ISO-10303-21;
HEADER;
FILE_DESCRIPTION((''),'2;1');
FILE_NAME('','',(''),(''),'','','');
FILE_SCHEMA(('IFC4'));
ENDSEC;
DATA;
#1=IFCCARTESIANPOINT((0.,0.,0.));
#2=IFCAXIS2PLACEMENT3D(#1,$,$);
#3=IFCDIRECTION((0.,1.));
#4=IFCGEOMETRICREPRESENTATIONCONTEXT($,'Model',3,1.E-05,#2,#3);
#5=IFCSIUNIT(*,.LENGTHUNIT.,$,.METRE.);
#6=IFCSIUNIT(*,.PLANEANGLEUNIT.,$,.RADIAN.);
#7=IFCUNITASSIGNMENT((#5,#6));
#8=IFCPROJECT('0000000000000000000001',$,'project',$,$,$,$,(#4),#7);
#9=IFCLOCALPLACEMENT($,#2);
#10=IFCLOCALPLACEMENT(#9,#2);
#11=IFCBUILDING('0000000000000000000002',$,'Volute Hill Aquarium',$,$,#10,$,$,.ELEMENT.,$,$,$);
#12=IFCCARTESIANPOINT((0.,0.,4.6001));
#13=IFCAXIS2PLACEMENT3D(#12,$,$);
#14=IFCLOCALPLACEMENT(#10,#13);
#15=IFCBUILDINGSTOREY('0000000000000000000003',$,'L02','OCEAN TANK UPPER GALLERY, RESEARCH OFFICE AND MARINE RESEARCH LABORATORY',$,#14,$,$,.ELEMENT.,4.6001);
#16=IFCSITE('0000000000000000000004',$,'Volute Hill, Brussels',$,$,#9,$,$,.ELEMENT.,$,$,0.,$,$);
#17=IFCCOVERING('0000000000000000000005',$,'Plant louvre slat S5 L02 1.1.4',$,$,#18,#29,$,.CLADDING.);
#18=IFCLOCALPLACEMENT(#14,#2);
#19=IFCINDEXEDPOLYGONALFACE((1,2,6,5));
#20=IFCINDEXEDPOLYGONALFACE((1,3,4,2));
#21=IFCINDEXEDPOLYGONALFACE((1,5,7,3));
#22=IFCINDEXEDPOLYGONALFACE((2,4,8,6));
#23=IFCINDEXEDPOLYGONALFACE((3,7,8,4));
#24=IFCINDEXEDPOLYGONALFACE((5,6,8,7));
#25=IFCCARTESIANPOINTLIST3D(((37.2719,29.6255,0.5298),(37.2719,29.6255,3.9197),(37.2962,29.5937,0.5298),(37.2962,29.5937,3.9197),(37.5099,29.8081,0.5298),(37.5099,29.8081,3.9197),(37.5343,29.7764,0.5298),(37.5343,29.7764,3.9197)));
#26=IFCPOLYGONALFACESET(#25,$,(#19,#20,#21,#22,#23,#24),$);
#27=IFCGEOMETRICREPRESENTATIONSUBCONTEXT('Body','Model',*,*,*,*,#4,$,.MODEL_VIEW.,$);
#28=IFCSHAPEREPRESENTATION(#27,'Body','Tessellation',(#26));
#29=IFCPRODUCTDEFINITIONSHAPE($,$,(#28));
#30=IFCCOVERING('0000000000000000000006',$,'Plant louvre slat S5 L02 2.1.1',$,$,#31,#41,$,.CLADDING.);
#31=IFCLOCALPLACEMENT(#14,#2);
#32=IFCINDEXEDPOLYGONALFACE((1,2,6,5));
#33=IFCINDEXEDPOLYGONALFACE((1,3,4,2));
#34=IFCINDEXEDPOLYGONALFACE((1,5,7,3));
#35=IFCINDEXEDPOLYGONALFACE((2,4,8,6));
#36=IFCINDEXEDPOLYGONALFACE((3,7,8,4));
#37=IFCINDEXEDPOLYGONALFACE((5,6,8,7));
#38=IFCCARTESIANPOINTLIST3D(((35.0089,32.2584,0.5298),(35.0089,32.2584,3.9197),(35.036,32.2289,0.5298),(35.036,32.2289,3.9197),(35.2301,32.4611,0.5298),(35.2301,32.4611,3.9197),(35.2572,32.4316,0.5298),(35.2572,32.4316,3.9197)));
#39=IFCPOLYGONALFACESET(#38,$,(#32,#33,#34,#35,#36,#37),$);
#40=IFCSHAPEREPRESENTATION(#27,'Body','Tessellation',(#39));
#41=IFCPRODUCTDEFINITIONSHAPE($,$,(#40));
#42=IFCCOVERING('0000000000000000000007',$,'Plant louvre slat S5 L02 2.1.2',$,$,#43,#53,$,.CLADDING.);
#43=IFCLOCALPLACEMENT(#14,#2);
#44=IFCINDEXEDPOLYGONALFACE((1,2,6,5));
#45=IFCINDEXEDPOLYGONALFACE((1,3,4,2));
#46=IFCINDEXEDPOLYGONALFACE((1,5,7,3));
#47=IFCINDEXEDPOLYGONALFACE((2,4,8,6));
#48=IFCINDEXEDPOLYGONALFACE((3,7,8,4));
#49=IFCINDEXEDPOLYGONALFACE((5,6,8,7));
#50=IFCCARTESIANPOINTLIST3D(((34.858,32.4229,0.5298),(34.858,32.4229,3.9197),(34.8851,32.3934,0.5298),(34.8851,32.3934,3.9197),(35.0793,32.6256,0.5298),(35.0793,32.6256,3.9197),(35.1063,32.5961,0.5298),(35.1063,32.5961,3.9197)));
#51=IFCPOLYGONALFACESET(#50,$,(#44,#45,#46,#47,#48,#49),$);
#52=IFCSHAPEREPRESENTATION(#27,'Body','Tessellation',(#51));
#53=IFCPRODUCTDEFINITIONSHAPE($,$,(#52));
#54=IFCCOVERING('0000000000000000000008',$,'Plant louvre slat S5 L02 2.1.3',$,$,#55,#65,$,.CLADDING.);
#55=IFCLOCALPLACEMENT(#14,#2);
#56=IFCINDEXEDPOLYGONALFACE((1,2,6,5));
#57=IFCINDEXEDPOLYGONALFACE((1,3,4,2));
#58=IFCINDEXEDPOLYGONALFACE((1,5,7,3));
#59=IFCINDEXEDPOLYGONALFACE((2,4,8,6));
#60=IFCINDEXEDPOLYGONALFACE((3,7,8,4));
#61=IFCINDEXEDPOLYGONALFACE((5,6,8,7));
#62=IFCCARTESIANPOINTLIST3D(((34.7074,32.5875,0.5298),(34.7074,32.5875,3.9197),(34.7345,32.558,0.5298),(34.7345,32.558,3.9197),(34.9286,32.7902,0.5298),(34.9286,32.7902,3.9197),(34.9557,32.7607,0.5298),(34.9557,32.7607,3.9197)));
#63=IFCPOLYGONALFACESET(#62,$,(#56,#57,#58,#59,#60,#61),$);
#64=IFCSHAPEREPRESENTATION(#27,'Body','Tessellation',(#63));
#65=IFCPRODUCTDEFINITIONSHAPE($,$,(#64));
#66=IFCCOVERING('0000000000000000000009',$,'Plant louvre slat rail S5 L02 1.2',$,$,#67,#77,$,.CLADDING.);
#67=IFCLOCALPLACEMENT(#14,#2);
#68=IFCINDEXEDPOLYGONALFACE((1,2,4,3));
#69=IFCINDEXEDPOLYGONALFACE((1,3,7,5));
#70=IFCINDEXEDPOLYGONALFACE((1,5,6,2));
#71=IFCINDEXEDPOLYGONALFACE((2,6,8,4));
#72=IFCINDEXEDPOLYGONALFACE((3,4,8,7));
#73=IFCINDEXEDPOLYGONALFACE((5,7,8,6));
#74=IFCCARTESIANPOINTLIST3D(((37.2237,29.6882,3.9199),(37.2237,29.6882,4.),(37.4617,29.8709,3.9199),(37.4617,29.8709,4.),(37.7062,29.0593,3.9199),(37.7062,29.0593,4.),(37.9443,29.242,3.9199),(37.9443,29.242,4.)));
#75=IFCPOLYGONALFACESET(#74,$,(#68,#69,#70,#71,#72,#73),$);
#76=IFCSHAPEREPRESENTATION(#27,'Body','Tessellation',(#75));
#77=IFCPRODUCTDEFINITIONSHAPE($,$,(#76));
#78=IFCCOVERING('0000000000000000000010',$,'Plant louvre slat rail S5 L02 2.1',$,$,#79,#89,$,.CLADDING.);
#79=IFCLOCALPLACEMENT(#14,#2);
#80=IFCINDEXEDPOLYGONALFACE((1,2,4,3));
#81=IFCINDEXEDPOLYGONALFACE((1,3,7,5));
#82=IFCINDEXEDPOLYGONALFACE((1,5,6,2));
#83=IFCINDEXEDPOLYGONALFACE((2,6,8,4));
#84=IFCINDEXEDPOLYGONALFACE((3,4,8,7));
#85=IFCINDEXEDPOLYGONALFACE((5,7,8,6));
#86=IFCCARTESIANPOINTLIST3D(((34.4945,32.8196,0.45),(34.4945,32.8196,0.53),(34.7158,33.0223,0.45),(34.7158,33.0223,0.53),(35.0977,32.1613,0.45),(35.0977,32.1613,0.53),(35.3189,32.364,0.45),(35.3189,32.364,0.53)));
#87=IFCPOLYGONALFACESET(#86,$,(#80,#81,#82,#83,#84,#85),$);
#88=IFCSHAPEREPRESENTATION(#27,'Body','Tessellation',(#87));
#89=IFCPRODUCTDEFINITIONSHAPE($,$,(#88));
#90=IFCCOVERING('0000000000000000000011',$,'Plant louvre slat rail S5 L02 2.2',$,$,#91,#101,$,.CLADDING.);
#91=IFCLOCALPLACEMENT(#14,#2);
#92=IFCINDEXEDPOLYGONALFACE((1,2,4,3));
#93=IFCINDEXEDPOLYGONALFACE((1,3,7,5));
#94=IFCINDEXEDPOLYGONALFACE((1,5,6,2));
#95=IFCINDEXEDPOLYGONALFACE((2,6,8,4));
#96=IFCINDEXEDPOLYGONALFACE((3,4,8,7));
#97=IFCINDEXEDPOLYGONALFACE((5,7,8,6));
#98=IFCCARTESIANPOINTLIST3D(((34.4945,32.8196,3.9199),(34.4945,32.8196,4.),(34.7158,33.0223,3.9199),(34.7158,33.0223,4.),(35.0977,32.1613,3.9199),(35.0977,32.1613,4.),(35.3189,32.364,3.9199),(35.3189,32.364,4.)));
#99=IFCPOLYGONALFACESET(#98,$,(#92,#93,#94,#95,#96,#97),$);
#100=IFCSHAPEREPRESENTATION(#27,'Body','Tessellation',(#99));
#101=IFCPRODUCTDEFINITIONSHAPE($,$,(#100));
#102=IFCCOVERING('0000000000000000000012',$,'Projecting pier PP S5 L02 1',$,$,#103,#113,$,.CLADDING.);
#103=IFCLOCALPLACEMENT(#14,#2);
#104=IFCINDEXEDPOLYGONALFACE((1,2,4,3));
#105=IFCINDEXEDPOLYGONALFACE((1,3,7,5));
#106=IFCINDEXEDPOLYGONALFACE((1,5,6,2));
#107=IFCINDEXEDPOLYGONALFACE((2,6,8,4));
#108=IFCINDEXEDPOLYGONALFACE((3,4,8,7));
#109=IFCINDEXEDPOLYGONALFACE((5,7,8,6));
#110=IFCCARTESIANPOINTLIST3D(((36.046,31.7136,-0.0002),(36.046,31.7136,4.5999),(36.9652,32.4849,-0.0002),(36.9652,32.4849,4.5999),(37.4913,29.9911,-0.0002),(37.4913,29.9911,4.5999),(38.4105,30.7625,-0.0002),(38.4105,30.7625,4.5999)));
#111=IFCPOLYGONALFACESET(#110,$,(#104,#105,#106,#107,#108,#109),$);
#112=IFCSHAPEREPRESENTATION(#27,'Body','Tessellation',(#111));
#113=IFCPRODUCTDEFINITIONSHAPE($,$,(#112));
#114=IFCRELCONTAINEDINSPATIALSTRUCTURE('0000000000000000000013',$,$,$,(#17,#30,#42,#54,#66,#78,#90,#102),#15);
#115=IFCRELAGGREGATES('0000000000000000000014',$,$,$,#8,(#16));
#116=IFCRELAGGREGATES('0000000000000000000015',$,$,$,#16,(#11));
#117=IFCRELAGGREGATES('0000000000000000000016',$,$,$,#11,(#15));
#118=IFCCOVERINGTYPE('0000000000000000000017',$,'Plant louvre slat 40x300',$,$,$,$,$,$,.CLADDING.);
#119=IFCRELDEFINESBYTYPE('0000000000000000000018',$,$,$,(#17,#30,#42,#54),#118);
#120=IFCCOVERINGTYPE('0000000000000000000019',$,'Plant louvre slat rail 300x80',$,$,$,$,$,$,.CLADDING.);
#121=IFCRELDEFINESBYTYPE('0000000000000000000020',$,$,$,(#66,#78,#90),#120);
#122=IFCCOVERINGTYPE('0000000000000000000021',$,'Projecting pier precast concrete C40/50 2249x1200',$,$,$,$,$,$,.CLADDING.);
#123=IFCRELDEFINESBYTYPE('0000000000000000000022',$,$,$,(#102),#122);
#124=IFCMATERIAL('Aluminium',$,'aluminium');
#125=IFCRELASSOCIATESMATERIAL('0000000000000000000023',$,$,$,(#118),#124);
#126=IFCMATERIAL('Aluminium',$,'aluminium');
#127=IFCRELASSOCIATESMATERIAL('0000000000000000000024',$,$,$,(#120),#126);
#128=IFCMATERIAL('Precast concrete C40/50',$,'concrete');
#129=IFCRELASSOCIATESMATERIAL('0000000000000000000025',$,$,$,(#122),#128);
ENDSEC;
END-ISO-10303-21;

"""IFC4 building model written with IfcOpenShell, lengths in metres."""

from ifc_helpers import new_model, si_unit, direction, frame, origin, origin_2d, place, context, subcontext, project, spatial, rectangle, extrude, material, type_object, element, save


model = new_model("IFC4")

# Units and contexts
model_context = context("Model", 3, precision=1e-05, world=origin(), true_north=direction((0.0, 1.0)))
body_context = subcontext(model_context, "Body", "Model", "MODEL_VIEW")
ifc_project = project(units=[si_unit("LENGTHUNIT", "METRE"), si_unit("PLANEANGLEUNIT", "RADIAN")], contexts=[model_context])

# Site, building, storey
site_placement = place(None, origin())
site = spatial("IfcSite", under=ifc_project, at=site_placement, Name="Volute Hill, Brussels", CompositionType="ELEMENT", RefElevation=0.0)
building_placement = place(site_placement, origin())
building = spatial("IfcBuilding", under=site, at=building_placement, Name="Volute Hill Aquarium", CompositionType="ELEMENT")
storey_placement = place(building_placement, frame((0.0, 0.0, 4.6001)))
storey = spatial("IfcBuildingStorey", under=building, at=storey_placement, Name="L02", Description="OCEAN TANK UPPER GALLERY, RESEARCH OFFICE AND MARINE RESEARCH LABORATORY", CompositionType="ELEMENT", Elevation=4.6001)

# Coverings
ifc_material_1 = material(Name="Aluminium", Category="aluminium")
covering_type_1 = type_object("IfcCoveringType", Name="Plant louvre slat 40x300", PredefinedType="CLADDING", material=ifc_material_1)
for number, where, z_axis, x_axis, name in (
    (1, (37.4031, 29.7009, 0.5298), (0.0, 0.0, 1.0), (-0.608753, 0.79336, 0.0), "Plant louvre slat S5 L02 1.1.4"),
    (2, (35.1331, 32.345, 0.5298), (0.0, 0.0, 1.0), (-0.675585, 0.737282, 0.0), "Plant louvre slat S5 L02 2.1.1"),
    (3, (34.9822, 32.5095, 0.5298), (0.0, 0.0, 1.0), (-0.675585, 0.737282, 0.0), "Plant louvre slat S5 L02 2.1.2"),
    (4, (34.8315, 32.6741, 0.5298), (0.0, 0.0, 1.0), (-0.675585, 0.737282, 0.0), "Plant louvre slat S5 L02 2.1.3"),
):
    element("IfcCovering", number, at=place(storey_placement, frame(where, z_axis=z_axis, x_axis=x_axis)), inside=storey, type_object=covering_type_1, Name=name, PredefinedType="CLADDING", context=body_context, shape_type="SweptSolid", body=[
        extrude(rectangle(XDim=0.04, YDim=0.3, at=origin_2d()), origin(), (0.0, 0.0, 1.0), 3.3899),
    ])
ifc_material_2 = material(Name="Aluminium", Category="aluminium")
covering_type_2 = type_object("IfcCoveringType", Name="Plant louvre slat rail 300x80", PredefinedType="CLADDING", material=ifc_material_2)
covering_1_placement = place(storey_placement, frame((37.584, 29.4651, 3.9199), z_axis=(0.0, 0.0, 1.0), x_axis=(-0.608753, 0.79336, 0.0)))
element("IfcCovering", 5, at=covering_1_placement, inside=storey, type_object=covering_type_2, Name="Plant louvre slat rail S5 L02 1.2", PredefinedType="CLADDING", context=body_context, shape_type="SweptSolid", body=[
    extrude(rectangle(XDim=0.7927, YDim=0.3, at=origin_2d()), origin(), (0.0, 0.0, 1.0), 0.0801),
])
for number, where, z_axis, x_axis, name in (
    (6, (34.9067, 32.5918, 0.45), (0.0, 0.0, 1.0), (-0.675585, 0.737282, 0.0), "Plant louvre slat rail S5 L02 2.1"),
    (7, (34.9067, 32.5918, 3.9199), (0.0, 0.0, 1.0), (-0.675585, 0.737282, 0.0), "Plant louvre slat rail S5 L02 2.2"),
):
    element("IfcCovering", number, at=place(storey_placement, frame(where, z_axis=z_axis, x_axis=x_axis)), inside=storey, type_object=covering_type_2, Name=name, PredefinedType="CLADDING", context=body_context, shape_type="SweptSolid", body=[
        extrude(rectangle(XDim=0.8928, YDim=0.3, at=origin_2d()), origin(), (0.0, 0.0, 1.0), 0.0801),
    ])
ifc_material_3 = material(Name="Precast concrete C40/50", Category="concrete")
covering_type_3 = type_object("IfcCoveringType", Name="Projecting pier precast concrete C40/50 2249x1200", PredefinedType="CLADDING", material=ifc_material_3)
covering_2_placement = place(storey_placement, frame((37.2283, 31.238, -0.0002), z_axis=(0.0, 0.0, 1.0), x_axis=(-0.642788, 0.766044, 0.0)))
element("IfcCovering", 8, at=covering_2_placement, inside=storey, type_object=covering_type_3, Name="Projecting pier PP S5 L02 1", PredefinedType="CLADDING", context=body_context, shape_type="SweptSolid", body=[
    extrude(rectangle(XDim=2.2485, YDim=1.2, at=origin_2d()), origin(), (0.0, 0.0, 1.0), 4.6001),
])

save(model, "model.ifc")
